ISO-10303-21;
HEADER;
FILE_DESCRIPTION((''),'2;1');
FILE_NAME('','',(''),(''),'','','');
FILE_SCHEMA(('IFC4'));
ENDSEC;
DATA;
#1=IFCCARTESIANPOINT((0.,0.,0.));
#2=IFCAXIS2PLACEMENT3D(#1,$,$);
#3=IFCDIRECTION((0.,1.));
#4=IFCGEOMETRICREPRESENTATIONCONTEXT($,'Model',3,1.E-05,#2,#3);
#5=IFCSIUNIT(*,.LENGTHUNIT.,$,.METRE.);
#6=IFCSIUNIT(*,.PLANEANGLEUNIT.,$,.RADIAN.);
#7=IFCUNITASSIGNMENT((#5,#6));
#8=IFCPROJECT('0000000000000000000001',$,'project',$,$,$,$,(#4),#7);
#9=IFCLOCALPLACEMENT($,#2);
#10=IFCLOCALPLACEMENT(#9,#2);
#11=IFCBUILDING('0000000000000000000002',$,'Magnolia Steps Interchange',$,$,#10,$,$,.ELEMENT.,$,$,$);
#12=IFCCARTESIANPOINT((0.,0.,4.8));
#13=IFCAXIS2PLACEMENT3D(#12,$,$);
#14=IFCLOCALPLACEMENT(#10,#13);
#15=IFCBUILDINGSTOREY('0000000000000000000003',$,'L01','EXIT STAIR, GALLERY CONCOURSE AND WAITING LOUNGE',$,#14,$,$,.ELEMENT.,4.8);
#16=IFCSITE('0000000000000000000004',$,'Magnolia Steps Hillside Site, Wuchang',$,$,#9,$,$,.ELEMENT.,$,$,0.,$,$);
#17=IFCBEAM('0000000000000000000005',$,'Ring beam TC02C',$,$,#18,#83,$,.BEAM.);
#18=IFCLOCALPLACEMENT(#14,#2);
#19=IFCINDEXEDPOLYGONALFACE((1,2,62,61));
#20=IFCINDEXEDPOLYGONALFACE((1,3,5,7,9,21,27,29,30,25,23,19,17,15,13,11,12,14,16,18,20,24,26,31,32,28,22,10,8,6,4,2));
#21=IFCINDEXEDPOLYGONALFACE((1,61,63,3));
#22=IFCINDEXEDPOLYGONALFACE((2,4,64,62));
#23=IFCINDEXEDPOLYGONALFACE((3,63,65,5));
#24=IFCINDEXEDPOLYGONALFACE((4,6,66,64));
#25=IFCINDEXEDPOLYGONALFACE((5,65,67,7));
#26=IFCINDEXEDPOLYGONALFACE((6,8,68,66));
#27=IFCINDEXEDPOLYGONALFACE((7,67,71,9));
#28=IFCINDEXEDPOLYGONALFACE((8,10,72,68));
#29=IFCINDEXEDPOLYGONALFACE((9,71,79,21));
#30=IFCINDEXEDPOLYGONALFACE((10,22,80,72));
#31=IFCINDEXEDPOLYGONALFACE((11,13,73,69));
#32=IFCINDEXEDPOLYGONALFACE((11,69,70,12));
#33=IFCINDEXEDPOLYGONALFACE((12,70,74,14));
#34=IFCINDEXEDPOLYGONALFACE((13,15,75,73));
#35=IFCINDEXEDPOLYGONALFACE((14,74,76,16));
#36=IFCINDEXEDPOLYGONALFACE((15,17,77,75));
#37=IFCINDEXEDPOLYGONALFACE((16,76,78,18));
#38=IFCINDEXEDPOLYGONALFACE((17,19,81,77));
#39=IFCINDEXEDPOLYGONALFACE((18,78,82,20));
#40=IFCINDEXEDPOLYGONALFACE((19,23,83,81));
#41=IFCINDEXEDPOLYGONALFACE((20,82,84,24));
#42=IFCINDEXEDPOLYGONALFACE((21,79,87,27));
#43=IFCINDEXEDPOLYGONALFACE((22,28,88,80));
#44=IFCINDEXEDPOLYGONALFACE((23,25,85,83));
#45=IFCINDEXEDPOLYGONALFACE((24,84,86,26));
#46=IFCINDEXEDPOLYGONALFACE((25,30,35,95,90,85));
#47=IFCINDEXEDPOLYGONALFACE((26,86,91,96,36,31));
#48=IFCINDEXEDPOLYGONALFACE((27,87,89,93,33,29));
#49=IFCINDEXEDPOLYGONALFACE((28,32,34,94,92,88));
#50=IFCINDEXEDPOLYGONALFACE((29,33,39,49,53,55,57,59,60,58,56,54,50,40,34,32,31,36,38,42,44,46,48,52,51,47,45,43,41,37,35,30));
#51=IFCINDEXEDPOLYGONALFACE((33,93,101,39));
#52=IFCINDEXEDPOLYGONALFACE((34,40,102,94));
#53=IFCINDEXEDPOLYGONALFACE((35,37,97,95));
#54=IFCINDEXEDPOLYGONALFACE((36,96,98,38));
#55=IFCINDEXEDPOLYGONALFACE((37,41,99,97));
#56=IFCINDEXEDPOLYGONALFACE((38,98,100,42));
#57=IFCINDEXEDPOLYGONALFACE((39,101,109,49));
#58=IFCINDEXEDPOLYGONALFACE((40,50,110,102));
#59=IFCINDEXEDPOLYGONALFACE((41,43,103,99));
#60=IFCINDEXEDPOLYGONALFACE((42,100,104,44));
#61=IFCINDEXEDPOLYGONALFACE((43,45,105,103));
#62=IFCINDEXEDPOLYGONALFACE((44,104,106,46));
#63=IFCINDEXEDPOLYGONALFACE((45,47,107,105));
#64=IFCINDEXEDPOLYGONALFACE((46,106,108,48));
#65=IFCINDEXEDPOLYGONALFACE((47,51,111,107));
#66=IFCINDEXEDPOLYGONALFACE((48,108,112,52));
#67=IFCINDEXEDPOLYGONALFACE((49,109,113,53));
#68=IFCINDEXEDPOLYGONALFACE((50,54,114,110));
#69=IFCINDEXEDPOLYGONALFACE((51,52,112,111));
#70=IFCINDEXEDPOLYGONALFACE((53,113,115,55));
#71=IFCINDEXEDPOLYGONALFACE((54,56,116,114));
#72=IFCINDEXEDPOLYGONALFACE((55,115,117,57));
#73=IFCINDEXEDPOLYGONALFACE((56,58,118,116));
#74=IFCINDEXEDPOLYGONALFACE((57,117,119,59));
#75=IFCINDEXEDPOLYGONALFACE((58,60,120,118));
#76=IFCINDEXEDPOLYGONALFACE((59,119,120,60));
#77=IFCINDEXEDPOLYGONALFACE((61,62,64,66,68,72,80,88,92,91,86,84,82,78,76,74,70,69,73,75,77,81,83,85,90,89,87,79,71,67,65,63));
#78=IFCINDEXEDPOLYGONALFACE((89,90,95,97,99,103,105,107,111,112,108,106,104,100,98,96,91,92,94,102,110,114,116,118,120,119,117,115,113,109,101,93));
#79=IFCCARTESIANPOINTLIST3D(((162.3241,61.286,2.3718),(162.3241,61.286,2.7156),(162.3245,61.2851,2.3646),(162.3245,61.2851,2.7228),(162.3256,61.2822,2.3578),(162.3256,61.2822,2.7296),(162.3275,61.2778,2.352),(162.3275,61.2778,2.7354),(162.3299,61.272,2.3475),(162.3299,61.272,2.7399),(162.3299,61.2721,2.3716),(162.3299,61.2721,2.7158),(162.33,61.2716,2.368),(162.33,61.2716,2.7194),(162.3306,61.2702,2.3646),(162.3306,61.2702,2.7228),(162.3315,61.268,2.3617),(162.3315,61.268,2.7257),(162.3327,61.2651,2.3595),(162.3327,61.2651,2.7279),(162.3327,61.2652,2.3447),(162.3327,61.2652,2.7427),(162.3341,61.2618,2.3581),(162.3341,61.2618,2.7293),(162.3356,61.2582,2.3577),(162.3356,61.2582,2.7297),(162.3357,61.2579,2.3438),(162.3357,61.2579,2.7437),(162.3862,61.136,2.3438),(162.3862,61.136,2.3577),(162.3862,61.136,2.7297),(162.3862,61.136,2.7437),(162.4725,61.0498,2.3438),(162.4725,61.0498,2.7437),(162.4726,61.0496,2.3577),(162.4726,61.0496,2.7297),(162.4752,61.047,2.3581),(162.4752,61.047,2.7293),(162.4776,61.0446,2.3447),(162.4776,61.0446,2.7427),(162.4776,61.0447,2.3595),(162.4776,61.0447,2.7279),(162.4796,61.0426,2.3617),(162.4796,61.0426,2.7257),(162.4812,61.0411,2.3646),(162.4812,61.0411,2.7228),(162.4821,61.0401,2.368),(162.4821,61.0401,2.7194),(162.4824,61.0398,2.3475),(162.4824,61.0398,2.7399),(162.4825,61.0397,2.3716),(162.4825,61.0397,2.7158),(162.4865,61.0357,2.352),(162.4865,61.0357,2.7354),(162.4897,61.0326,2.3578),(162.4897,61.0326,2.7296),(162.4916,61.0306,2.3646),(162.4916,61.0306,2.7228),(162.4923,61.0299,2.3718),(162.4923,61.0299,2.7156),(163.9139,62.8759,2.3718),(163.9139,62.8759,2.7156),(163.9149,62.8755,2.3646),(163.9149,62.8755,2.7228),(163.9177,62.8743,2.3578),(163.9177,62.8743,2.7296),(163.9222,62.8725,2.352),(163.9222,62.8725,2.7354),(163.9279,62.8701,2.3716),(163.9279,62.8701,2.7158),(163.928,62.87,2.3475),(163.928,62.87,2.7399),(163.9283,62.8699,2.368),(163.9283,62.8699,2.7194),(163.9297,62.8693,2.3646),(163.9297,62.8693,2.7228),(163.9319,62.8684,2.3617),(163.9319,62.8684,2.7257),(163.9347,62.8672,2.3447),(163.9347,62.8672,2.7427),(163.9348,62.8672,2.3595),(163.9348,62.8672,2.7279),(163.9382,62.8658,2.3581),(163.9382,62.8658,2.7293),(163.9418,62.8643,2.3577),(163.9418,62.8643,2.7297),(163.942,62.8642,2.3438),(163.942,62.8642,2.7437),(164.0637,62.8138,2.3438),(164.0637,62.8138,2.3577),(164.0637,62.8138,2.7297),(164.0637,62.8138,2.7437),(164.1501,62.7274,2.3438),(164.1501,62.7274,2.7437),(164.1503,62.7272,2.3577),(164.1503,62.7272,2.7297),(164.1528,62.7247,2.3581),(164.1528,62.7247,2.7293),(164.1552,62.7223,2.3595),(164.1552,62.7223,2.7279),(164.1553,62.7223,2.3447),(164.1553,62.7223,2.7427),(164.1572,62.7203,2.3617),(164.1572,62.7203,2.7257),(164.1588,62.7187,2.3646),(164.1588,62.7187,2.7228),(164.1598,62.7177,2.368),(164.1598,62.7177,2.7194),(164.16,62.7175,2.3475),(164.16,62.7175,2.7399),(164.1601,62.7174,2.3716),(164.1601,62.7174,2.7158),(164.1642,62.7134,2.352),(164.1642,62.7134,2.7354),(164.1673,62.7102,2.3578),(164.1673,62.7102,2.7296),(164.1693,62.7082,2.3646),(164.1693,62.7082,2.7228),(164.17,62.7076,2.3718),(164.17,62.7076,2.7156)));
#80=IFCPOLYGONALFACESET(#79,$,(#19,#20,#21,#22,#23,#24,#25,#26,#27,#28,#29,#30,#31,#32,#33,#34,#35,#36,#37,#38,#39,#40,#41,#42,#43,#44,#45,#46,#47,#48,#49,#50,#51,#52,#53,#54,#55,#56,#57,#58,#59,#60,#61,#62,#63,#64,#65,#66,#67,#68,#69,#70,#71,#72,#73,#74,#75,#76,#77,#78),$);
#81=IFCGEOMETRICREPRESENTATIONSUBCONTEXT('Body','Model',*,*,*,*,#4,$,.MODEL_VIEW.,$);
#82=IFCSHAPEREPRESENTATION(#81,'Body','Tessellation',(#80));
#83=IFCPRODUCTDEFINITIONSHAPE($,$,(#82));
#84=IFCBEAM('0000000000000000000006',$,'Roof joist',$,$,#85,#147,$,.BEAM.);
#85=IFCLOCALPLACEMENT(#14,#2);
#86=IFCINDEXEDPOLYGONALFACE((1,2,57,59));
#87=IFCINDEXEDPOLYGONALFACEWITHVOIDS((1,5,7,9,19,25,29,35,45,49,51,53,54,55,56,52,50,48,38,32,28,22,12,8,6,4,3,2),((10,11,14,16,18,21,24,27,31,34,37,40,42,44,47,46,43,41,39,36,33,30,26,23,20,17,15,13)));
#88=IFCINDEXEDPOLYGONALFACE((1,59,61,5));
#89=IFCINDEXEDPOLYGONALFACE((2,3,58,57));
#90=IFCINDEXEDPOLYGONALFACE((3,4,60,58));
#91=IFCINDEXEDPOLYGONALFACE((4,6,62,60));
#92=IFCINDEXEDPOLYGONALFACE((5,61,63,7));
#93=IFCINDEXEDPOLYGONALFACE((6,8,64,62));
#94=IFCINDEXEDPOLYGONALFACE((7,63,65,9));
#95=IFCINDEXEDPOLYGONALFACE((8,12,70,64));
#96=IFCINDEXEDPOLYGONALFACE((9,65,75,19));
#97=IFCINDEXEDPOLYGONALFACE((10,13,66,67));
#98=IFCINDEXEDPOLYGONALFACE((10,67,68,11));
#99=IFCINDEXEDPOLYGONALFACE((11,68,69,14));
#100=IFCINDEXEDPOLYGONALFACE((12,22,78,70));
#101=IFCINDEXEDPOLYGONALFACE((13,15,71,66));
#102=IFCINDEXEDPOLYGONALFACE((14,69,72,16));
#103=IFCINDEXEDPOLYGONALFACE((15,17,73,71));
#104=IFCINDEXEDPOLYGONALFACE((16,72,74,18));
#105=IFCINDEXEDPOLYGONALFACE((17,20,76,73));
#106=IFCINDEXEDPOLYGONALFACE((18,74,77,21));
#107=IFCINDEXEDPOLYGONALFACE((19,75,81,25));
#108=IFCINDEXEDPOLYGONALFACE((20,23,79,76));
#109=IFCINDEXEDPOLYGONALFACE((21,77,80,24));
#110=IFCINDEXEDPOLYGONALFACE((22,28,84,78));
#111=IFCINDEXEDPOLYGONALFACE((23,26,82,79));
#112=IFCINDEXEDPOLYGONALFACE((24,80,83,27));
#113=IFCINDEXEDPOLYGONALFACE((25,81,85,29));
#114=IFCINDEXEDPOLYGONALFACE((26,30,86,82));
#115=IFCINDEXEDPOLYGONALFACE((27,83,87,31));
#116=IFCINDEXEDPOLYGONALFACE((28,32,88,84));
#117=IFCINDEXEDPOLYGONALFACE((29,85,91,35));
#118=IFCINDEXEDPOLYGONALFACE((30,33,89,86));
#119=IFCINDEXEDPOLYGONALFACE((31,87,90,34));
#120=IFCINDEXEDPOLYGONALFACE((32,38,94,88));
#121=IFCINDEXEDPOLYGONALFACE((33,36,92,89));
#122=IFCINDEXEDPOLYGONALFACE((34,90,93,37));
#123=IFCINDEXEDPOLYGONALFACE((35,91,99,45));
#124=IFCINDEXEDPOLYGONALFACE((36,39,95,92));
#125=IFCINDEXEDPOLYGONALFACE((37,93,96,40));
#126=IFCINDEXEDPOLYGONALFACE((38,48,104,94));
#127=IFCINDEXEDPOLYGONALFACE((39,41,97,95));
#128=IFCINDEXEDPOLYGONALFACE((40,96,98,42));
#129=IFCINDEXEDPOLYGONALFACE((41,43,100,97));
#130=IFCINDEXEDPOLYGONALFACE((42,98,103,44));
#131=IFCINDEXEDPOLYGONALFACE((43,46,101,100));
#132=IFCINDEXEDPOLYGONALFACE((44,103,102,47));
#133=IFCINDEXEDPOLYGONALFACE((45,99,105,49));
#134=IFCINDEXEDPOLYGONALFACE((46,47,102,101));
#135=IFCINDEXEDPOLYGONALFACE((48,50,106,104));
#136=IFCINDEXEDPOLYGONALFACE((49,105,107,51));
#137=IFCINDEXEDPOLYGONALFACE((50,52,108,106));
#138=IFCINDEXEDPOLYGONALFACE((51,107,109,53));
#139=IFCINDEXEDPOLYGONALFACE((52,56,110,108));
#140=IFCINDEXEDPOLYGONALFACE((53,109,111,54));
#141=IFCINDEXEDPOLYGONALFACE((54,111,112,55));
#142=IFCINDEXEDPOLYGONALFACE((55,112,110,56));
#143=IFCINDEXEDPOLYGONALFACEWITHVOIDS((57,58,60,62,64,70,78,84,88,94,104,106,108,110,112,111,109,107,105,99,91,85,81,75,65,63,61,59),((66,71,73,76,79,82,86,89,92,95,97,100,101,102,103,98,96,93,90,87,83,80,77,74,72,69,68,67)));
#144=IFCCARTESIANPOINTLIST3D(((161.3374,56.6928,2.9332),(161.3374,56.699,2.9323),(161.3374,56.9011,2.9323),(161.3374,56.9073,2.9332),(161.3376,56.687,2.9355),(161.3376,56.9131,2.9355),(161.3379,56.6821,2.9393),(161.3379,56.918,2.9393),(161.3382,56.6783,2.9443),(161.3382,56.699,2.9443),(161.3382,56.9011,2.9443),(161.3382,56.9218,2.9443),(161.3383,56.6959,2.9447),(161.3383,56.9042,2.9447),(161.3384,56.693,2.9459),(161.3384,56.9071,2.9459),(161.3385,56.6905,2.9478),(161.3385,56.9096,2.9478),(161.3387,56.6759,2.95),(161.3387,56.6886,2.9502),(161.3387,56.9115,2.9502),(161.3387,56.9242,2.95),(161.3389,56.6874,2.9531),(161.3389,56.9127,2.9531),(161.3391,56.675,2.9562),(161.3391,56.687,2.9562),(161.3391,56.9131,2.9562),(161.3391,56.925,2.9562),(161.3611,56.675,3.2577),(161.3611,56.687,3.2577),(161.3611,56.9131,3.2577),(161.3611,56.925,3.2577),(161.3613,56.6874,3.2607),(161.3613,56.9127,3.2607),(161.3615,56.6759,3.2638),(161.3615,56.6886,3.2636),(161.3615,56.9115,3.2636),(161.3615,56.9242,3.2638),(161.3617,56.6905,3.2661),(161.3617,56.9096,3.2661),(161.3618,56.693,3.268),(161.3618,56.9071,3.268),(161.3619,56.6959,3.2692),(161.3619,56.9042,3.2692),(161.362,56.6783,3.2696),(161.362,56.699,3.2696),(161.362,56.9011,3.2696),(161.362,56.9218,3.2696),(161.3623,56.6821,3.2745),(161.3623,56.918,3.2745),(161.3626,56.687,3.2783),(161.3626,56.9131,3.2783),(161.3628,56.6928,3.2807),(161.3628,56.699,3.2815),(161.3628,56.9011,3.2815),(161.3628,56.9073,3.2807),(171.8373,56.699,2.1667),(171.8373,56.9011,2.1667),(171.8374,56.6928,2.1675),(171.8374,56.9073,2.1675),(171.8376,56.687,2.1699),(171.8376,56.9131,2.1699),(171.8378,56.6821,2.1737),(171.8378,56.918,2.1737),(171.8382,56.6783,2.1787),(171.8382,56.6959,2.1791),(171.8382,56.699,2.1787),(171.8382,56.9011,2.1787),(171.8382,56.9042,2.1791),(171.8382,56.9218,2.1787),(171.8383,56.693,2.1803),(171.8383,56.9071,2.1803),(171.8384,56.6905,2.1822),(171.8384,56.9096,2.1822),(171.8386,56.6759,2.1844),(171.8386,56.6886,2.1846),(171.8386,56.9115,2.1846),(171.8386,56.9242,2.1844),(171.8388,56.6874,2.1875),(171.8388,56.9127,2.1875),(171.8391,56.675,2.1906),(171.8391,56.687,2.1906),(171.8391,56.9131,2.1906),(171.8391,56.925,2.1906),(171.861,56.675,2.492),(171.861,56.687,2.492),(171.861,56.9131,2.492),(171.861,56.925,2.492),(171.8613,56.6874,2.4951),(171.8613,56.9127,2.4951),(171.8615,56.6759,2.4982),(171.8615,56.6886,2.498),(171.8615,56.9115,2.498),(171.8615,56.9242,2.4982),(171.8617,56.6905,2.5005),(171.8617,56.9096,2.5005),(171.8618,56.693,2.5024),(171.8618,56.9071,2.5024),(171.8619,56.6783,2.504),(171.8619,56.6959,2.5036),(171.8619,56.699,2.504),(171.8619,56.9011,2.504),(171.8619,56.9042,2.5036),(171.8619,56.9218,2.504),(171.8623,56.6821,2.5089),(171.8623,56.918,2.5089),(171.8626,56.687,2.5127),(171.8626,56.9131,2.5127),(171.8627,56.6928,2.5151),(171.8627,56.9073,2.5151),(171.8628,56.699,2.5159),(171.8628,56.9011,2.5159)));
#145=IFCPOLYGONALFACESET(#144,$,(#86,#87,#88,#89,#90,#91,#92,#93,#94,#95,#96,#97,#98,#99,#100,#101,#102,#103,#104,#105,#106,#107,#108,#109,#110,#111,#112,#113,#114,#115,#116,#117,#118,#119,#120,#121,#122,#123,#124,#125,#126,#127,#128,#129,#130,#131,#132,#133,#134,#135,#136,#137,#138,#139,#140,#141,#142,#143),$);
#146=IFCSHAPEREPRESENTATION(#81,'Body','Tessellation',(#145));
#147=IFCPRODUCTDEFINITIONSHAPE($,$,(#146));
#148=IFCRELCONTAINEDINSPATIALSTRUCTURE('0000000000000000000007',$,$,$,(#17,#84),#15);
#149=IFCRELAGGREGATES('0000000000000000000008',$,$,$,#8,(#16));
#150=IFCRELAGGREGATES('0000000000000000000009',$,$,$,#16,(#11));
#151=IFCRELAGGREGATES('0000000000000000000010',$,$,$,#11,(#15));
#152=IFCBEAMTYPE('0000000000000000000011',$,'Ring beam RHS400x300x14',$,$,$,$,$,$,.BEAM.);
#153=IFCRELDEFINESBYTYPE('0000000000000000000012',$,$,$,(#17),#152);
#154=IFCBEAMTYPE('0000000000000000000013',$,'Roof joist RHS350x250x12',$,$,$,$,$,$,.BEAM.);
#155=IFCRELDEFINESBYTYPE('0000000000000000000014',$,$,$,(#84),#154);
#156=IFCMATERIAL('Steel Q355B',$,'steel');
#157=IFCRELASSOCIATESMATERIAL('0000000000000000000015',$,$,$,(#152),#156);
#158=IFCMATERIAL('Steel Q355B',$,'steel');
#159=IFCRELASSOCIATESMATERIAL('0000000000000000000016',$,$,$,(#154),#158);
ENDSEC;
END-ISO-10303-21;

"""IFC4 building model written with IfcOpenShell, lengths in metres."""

from ifc_helpers import new_model, si_unit, direction, frame, origin, origin_2d, place, context, subcontext, project, spatial, hollow_rectangle, extrude, clip, halfspace, material, material_profile, profile_set, type_object, element, save


model = new_model("IFC4")

# Units and contexts
model_context = context("Model", 3, precision=1e-05, world=origin(), true_north=direction((0.0, 1.0)))
body_context = subcontext(model_context, "Body", "Model", "MODEL_VIEW")
ifc_project = project(units=[si_unit("LENGTHUNIT", "METRE"), si_unit("PLANEANGLEUNIT", "RADIAN")], contexts=[model_context])

# Site, building, storey
site_placement = place(None, origin())
site = spatial("IfcSite", under=ifc_project, at=site_placement, Name="Magnolia Steps Hillside Site, Wuchang", CompositionType="ELEMENT", RefElevation=0.0)
building_placement = place(site_placement, origin())
building = spatial("IfcBuilding", under=site, at=building_placement, Name="Magnolia Steps Interchange", CompositionType="ELEMENT")
storey_placement = place(building_placement, frame((0.0, 0.0, 4.8)))
storey = spatial("IfcBuildingStorey", under=building, at=storey_placement, Name="L01", Description="EXIT STAIR, GALLERY CONCOURSE AND WAITING LOUNGE", CompositionType="ELEMENT", Elevation=4.8)

# Beams
ifc_material_1 = material(Name="Steel Q355B", Category="steel")
ifc_material_profile_1 = material_profile(ifc_material_1, hollow_rectangle(XDim=0.3, YDim=0.3999, WallThickness=0.0139, InnerFilletRadius=0.0139, OuterFilletRadius=0.0281, at=origin_2d()), Name="RHS400x300x14")
ifc_profile_set_1 = profile_set([ifc_material_profile_1], Name="Steel Q355B")
beam_type_1 = type_object("IfcBeamType", Name="Ring beam RHS400x300x14", PredefinedType="BEAM", material=ifc_profile_set_1)
beam_1_placement = place(storey_placement, frame((162.3862, 61.136, 2.5437), z_axis=(0.707107, 0.707107, 0.0), x_axis=(-0.707107, 0.707107, 0.0)))
element("IfcBeam", 1, at=beam_1_placement, inside=storey, type_object=beam_type_1, Name="Ring beam TC02C", PredefinedType="BEAM", context=body_context, shape_type="Clipping", body=[
    clip(clip(extrude(hollow_rectangle(XDim=0.3, YDim=0.3999, WallThickness=0.0139, InnerFilletRadius=0.0139, OuterFilletRadius=0.0281, at=origin_2d()), origin(), (0.0, 0.0, 1.0), 2.3726), halfspace(frame((0.0, 0.0, 0.0), z_axis=(0.382683, 0.0, -0.92388), x_axis=(0.92388, 0.0, 0.382683)), False)), halfspace(frame((0.0, 0.0, 2.3727), z_axis=(0.382683, 0.0, 0.92388), x_axis=(0.92388, 0.0, -0.382683)), False)),
])
ifc_material_2 = material(Name="Steel Q355B", Category="steel")
ifc_material_profile_2 = material_profile(ifc_material_2, hollow_rectangle(XDim=0.25, YDim=0.3501, WallThickness=0.012, InnerFilletRadius=0.012, OuterFilletRadius=0.0239, at=origin_2d()), Name="RHS350x250x12")
ifc_profile_set_2 = profile_set([ifc_material_profile_2], Name="Steel Q355B")
beam_type_2 = type_object("IfcBeamType", Name="Roof joist RHS350x250x12", PredefinedType="BEAM", material=ifc_profile_set_2)
for number, where, z_axis, x_axis, name in (
    (2, (161.3501, 56.8, 3.1069), (0.997352, 0.0, -0.072724), (0.0, 1.0, 0.0), "Roof joist"),
):
    element("IfcBeam", number, at=place(storey_placement, frame(where, z_axis=z_axis, x_axis=x_axis)), inside=storey, type_object=beam_type_2, Name=name, PredefinedType="BEAM", context=body_context, shape_type="SweptSolid", body=[
        extrude(hollow_rectangle(XDim=0.25, YDim=0.3501, WallThickness=0.012, InnerFilletRadius=0.012, OuterFilletRadius=0.0239, at=origin_2d()), origin(), (0.0, 0.0, 1.0), 10.5278),
    ])

save(model, "model.ifc")
